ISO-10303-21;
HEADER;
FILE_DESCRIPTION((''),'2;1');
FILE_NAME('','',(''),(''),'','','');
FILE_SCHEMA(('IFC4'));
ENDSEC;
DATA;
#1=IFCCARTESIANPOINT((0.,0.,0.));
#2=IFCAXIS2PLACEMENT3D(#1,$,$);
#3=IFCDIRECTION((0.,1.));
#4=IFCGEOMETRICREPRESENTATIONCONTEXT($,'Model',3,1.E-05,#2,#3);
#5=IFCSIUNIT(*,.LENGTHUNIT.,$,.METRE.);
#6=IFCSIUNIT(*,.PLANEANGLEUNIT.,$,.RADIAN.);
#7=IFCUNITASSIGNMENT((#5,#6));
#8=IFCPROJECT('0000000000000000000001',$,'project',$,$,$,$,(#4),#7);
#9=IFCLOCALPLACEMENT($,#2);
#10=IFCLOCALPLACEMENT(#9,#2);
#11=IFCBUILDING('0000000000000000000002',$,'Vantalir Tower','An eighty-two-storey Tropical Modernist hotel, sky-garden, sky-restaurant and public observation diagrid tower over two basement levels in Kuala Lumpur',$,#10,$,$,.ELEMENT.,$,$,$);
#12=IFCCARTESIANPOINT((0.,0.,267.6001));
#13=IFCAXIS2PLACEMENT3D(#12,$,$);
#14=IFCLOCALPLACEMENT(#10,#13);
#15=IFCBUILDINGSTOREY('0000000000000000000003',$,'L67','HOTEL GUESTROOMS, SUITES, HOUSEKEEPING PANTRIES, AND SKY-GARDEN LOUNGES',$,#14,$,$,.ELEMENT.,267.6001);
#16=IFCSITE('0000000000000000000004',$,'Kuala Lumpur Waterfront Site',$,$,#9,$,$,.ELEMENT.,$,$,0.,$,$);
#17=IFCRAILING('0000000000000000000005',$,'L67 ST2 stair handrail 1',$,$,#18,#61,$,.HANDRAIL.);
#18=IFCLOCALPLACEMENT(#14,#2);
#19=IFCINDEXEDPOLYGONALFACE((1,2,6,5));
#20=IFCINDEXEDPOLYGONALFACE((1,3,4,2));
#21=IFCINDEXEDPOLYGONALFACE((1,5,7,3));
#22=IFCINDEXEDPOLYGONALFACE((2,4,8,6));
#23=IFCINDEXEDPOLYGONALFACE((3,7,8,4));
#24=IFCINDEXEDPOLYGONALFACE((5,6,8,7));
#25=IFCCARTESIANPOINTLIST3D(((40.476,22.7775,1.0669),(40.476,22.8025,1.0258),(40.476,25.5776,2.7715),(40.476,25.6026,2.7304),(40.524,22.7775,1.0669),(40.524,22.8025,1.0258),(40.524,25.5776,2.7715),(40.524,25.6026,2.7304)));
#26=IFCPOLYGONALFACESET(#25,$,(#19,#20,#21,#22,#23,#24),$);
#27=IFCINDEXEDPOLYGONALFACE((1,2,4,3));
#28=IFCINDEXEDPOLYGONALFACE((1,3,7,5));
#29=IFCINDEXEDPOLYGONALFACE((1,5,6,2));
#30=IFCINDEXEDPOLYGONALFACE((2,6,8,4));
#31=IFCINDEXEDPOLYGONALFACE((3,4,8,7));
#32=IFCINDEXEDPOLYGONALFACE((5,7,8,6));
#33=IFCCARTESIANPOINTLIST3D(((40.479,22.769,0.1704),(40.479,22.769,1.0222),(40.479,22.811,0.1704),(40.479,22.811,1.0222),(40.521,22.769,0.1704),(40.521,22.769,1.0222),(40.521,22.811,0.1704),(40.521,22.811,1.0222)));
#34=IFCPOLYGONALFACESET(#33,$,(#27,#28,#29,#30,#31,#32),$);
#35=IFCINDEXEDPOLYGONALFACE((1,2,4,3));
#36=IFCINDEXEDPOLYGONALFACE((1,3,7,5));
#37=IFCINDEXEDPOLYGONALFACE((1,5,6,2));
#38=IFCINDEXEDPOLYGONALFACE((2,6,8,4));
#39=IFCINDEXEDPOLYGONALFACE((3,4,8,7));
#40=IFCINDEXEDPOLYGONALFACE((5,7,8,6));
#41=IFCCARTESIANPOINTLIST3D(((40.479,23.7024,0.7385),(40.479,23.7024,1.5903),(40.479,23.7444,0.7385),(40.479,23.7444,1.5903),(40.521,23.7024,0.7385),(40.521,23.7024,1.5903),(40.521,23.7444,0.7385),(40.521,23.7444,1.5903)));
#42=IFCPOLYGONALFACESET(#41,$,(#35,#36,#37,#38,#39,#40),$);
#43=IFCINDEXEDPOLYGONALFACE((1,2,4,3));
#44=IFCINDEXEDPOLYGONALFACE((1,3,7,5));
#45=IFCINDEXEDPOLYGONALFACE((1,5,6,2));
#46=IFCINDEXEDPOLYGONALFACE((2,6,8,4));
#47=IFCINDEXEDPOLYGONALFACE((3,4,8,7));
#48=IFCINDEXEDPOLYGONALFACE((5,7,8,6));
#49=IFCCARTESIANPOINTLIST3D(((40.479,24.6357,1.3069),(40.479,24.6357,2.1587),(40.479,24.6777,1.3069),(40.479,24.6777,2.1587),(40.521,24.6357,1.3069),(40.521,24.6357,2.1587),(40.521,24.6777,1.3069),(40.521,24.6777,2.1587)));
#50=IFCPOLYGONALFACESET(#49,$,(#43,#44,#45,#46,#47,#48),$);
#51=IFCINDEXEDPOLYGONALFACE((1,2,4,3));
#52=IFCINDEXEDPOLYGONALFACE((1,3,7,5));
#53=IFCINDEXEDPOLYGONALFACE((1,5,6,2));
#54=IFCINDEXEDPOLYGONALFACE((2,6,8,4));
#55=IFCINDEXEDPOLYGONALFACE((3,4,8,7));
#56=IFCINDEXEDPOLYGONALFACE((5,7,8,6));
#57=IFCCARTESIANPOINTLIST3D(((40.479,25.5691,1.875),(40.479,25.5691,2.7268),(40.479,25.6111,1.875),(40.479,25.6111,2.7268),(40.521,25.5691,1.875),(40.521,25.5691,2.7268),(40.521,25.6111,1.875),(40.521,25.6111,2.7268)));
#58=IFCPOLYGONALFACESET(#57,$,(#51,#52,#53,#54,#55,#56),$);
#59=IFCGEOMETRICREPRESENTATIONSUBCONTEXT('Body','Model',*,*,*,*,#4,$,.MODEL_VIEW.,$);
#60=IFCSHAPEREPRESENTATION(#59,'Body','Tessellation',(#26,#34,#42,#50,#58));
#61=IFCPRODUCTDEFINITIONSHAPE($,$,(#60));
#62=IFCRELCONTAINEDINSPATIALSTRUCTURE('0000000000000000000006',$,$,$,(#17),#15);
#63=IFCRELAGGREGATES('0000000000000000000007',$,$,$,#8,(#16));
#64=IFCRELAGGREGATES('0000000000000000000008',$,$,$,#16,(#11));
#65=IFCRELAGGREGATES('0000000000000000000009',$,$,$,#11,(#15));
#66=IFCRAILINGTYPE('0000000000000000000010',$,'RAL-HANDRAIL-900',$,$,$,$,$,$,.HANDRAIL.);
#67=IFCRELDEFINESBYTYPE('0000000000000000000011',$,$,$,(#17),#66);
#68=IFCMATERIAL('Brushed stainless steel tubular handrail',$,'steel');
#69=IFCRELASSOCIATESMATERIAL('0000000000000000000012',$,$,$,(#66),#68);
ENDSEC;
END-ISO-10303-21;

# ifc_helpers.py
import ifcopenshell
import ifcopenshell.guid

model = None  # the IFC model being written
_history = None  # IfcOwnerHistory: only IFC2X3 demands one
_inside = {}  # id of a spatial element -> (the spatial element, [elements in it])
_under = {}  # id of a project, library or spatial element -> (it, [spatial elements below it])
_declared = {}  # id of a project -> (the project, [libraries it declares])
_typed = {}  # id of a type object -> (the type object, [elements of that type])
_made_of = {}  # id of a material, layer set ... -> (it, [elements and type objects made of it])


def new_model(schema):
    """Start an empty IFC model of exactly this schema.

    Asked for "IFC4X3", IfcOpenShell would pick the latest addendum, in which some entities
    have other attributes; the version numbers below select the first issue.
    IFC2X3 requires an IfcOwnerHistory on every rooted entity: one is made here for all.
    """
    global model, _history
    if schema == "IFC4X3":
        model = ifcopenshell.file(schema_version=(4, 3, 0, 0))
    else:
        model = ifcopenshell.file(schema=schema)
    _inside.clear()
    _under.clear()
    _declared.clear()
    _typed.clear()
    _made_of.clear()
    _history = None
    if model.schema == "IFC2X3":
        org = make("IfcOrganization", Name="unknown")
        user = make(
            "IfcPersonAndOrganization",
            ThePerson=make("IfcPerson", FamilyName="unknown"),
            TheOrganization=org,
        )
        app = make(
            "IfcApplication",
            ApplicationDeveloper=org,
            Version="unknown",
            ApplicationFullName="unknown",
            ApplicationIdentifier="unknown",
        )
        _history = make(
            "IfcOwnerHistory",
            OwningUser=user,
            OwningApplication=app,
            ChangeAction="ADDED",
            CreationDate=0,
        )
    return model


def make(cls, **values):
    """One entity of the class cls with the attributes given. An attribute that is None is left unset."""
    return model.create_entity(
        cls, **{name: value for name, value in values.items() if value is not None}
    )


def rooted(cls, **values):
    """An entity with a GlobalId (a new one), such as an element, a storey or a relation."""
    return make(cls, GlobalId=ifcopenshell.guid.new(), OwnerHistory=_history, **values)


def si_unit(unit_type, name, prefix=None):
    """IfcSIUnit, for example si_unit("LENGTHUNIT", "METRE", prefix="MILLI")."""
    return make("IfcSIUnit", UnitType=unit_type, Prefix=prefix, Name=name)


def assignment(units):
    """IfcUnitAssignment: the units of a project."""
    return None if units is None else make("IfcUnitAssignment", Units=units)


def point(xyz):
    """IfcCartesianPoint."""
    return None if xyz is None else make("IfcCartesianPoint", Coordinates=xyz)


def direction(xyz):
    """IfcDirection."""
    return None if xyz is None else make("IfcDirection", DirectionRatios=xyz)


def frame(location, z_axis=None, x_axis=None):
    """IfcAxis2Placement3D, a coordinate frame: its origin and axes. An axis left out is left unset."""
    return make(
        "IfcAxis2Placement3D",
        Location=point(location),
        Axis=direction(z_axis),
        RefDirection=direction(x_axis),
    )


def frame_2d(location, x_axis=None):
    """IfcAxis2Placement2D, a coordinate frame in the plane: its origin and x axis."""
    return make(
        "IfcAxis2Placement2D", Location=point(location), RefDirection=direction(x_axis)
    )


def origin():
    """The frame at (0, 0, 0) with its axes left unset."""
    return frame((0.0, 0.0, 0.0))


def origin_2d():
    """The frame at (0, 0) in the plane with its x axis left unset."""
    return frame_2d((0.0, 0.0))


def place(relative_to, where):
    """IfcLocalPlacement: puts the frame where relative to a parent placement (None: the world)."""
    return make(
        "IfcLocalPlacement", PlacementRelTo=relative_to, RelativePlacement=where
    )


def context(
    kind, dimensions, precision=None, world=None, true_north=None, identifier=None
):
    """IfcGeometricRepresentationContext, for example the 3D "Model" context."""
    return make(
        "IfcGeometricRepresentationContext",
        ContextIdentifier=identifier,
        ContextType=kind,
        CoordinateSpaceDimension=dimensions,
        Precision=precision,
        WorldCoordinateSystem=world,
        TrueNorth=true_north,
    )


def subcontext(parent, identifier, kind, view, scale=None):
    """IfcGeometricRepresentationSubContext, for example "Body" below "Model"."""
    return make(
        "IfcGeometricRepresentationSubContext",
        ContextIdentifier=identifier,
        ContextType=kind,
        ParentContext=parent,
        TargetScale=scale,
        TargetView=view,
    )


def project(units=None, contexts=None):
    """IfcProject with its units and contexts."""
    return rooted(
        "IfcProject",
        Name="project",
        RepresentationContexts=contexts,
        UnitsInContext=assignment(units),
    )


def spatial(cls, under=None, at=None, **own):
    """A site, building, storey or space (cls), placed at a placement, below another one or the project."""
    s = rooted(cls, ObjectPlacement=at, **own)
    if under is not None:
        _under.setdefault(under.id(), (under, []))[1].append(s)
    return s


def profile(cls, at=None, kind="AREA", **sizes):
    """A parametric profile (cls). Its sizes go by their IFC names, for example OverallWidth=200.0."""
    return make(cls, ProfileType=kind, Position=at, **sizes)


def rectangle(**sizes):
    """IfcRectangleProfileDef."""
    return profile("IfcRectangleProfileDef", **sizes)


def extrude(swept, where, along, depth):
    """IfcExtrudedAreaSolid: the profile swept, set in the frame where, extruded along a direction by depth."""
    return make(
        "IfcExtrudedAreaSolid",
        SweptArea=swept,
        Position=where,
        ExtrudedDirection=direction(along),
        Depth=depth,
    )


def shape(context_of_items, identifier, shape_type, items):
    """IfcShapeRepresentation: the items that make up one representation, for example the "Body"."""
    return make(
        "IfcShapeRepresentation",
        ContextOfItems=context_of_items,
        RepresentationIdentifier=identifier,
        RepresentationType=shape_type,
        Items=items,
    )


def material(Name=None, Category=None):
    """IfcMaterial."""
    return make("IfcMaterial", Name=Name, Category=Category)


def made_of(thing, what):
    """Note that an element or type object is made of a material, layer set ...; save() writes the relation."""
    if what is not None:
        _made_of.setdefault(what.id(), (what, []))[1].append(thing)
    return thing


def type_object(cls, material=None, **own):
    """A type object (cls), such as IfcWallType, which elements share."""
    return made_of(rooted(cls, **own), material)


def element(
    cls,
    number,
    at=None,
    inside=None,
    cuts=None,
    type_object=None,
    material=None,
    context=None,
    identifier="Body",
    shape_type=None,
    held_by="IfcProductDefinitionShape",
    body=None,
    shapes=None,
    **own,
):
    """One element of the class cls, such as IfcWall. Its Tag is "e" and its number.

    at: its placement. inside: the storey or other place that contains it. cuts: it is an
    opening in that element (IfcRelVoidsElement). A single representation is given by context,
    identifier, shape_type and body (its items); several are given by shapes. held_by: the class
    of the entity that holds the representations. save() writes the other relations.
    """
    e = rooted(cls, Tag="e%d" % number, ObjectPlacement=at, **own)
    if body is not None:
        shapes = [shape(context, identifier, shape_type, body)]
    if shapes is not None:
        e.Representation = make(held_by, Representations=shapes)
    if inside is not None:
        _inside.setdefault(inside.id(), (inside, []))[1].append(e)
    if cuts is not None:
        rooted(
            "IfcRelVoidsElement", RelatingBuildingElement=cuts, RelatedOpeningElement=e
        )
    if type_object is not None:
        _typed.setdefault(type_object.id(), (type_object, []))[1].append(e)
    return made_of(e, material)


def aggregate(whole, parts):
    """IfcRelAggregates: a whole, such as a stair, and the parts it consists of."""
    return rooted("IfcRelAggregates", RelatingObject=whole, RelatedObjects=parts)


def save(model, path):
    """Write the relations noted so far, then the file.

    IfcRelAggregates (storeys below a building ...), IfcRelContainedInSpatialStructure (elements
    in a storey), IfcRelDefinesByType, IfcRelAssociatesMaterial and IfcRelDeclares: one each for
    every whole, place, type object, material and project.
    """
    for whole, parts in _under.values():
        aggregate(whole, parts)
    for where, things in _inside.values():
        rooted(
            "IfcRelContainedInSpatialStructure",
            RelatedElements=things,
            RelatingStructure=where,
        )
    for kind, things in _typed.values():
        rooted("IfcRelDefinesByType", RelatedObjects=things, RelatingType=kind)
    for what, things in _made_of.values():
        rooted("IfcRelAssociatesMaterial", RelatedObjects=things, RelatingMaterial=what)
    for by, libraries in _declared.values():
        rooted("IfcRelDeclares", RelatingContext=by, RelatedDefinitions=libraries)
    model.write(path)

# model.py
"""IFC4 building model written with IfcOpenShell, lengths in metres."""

from ifc_helpers import new_model, si_unit, direction, frame, origin, origin_2d, place, context, subcontext, project, spatial, rectangle, extrude, material, type_object, element, save


model = new_model("IFC4")

# Units and contexts
model_context = context("Model", 3, precision=1e-05, world=origin(), true_north=direction((0.0, 1.0)))
body_context = subcontext(model_context, "Body", "Model", "MODEL_VIEW")
ifc_project = project(units=[si_unit("LENGTHUNIT", "METRE"), si_unit("PLANEANGLEUNIT", "RADIAN")], contexts=[model_context])

# Site, building, storey
site_placement = place(None, origin())
site = spatial("IfcSite", under=ifc_project, at=site_placement, Name="Kuala Lumpur Waterfront Site", CompositionType="ELEMENT", RefElevation=0.0)
building_placement = place(site_placement, origin())
building = spatial("IfcBuilding", under=site, at=building_placement, Name="Vantalir Tower", Description="An eighty-two-storey Tropical Modernist hotel, sky-garden, sky-restaurant and public observation diagrid tower over two basement levels in Kuala Lumpur", CompositionType="ELEMENT")
storey_placement = place(building_placement, frame((0.0, 0.0, 267.6001)))
storey = spatial("IfcBuildingStorey", under=building, at=storey_placement, Name="L67", Description="HOTEL GUESTROOMS, SUITES, HOUSEKEEPING PANTRIES, AND SKY-GARDEN LOUNGES", CompositionType="ELEMENT", Elevation=267.6001)

# Railing
ifc_material_1 = material(Name="Brushed stainless steel tubular handrail", Category="steel")
railing_type_1 = type_object("IfcRailingType", Name="RAL-HANDRAIL-900", PredefinedType="HANDRAIL", material=ifc_material_1)
railing_1_placement = place(storey_placement, frame((40.5, 22.79, 0.1704)))
element("IfcRailing", 1, at=railing_1_placement, inside=storey, type_object=railing_type_1, Name="L67 ST2 stair handrail 1", PredefinedType="HANDRAIL", context=body_context, shape_type="SweptSolid", body=[
    extrude(rectangle(XDim=0.0481, YDim=0.0481, at=origin_2d()), frame((0.0, 0.0, 0.876), z_axis=(0.0, 0.85417, 0.519994), x_axis=(-1.0, 0.0, 0.0)), (0.0, 0.0, 1.0), 3.2781),
    extrude(rectangle(XDim=0.042, YDim=0.042, at=origin_2d()), origin(), (0.0, 0.0, 1.0), 0.8518),
    extrude(rectangle(XDim=0.042, YDim=0.042, at=origin_2d()), frame((0.0, 0.9333, 0.5681)), (0.0, 0.0, 1.0), 0.8518),
    extrude(rectangle(XDim=0.042, YDim=0.042, at=origin_2d()), frame((0.0, 1.8667, 1.1365)), (0.0, 0.0, 1.0), 0.8518),
    extrude(rectangle(XDim=0.042, YDim=0.042, at=origin_2d()), frame((0.0, 2.8, 1.7046)), (0.0, 0.0, 1.0), 0.8518),
])

save(model, "model.ifc")
